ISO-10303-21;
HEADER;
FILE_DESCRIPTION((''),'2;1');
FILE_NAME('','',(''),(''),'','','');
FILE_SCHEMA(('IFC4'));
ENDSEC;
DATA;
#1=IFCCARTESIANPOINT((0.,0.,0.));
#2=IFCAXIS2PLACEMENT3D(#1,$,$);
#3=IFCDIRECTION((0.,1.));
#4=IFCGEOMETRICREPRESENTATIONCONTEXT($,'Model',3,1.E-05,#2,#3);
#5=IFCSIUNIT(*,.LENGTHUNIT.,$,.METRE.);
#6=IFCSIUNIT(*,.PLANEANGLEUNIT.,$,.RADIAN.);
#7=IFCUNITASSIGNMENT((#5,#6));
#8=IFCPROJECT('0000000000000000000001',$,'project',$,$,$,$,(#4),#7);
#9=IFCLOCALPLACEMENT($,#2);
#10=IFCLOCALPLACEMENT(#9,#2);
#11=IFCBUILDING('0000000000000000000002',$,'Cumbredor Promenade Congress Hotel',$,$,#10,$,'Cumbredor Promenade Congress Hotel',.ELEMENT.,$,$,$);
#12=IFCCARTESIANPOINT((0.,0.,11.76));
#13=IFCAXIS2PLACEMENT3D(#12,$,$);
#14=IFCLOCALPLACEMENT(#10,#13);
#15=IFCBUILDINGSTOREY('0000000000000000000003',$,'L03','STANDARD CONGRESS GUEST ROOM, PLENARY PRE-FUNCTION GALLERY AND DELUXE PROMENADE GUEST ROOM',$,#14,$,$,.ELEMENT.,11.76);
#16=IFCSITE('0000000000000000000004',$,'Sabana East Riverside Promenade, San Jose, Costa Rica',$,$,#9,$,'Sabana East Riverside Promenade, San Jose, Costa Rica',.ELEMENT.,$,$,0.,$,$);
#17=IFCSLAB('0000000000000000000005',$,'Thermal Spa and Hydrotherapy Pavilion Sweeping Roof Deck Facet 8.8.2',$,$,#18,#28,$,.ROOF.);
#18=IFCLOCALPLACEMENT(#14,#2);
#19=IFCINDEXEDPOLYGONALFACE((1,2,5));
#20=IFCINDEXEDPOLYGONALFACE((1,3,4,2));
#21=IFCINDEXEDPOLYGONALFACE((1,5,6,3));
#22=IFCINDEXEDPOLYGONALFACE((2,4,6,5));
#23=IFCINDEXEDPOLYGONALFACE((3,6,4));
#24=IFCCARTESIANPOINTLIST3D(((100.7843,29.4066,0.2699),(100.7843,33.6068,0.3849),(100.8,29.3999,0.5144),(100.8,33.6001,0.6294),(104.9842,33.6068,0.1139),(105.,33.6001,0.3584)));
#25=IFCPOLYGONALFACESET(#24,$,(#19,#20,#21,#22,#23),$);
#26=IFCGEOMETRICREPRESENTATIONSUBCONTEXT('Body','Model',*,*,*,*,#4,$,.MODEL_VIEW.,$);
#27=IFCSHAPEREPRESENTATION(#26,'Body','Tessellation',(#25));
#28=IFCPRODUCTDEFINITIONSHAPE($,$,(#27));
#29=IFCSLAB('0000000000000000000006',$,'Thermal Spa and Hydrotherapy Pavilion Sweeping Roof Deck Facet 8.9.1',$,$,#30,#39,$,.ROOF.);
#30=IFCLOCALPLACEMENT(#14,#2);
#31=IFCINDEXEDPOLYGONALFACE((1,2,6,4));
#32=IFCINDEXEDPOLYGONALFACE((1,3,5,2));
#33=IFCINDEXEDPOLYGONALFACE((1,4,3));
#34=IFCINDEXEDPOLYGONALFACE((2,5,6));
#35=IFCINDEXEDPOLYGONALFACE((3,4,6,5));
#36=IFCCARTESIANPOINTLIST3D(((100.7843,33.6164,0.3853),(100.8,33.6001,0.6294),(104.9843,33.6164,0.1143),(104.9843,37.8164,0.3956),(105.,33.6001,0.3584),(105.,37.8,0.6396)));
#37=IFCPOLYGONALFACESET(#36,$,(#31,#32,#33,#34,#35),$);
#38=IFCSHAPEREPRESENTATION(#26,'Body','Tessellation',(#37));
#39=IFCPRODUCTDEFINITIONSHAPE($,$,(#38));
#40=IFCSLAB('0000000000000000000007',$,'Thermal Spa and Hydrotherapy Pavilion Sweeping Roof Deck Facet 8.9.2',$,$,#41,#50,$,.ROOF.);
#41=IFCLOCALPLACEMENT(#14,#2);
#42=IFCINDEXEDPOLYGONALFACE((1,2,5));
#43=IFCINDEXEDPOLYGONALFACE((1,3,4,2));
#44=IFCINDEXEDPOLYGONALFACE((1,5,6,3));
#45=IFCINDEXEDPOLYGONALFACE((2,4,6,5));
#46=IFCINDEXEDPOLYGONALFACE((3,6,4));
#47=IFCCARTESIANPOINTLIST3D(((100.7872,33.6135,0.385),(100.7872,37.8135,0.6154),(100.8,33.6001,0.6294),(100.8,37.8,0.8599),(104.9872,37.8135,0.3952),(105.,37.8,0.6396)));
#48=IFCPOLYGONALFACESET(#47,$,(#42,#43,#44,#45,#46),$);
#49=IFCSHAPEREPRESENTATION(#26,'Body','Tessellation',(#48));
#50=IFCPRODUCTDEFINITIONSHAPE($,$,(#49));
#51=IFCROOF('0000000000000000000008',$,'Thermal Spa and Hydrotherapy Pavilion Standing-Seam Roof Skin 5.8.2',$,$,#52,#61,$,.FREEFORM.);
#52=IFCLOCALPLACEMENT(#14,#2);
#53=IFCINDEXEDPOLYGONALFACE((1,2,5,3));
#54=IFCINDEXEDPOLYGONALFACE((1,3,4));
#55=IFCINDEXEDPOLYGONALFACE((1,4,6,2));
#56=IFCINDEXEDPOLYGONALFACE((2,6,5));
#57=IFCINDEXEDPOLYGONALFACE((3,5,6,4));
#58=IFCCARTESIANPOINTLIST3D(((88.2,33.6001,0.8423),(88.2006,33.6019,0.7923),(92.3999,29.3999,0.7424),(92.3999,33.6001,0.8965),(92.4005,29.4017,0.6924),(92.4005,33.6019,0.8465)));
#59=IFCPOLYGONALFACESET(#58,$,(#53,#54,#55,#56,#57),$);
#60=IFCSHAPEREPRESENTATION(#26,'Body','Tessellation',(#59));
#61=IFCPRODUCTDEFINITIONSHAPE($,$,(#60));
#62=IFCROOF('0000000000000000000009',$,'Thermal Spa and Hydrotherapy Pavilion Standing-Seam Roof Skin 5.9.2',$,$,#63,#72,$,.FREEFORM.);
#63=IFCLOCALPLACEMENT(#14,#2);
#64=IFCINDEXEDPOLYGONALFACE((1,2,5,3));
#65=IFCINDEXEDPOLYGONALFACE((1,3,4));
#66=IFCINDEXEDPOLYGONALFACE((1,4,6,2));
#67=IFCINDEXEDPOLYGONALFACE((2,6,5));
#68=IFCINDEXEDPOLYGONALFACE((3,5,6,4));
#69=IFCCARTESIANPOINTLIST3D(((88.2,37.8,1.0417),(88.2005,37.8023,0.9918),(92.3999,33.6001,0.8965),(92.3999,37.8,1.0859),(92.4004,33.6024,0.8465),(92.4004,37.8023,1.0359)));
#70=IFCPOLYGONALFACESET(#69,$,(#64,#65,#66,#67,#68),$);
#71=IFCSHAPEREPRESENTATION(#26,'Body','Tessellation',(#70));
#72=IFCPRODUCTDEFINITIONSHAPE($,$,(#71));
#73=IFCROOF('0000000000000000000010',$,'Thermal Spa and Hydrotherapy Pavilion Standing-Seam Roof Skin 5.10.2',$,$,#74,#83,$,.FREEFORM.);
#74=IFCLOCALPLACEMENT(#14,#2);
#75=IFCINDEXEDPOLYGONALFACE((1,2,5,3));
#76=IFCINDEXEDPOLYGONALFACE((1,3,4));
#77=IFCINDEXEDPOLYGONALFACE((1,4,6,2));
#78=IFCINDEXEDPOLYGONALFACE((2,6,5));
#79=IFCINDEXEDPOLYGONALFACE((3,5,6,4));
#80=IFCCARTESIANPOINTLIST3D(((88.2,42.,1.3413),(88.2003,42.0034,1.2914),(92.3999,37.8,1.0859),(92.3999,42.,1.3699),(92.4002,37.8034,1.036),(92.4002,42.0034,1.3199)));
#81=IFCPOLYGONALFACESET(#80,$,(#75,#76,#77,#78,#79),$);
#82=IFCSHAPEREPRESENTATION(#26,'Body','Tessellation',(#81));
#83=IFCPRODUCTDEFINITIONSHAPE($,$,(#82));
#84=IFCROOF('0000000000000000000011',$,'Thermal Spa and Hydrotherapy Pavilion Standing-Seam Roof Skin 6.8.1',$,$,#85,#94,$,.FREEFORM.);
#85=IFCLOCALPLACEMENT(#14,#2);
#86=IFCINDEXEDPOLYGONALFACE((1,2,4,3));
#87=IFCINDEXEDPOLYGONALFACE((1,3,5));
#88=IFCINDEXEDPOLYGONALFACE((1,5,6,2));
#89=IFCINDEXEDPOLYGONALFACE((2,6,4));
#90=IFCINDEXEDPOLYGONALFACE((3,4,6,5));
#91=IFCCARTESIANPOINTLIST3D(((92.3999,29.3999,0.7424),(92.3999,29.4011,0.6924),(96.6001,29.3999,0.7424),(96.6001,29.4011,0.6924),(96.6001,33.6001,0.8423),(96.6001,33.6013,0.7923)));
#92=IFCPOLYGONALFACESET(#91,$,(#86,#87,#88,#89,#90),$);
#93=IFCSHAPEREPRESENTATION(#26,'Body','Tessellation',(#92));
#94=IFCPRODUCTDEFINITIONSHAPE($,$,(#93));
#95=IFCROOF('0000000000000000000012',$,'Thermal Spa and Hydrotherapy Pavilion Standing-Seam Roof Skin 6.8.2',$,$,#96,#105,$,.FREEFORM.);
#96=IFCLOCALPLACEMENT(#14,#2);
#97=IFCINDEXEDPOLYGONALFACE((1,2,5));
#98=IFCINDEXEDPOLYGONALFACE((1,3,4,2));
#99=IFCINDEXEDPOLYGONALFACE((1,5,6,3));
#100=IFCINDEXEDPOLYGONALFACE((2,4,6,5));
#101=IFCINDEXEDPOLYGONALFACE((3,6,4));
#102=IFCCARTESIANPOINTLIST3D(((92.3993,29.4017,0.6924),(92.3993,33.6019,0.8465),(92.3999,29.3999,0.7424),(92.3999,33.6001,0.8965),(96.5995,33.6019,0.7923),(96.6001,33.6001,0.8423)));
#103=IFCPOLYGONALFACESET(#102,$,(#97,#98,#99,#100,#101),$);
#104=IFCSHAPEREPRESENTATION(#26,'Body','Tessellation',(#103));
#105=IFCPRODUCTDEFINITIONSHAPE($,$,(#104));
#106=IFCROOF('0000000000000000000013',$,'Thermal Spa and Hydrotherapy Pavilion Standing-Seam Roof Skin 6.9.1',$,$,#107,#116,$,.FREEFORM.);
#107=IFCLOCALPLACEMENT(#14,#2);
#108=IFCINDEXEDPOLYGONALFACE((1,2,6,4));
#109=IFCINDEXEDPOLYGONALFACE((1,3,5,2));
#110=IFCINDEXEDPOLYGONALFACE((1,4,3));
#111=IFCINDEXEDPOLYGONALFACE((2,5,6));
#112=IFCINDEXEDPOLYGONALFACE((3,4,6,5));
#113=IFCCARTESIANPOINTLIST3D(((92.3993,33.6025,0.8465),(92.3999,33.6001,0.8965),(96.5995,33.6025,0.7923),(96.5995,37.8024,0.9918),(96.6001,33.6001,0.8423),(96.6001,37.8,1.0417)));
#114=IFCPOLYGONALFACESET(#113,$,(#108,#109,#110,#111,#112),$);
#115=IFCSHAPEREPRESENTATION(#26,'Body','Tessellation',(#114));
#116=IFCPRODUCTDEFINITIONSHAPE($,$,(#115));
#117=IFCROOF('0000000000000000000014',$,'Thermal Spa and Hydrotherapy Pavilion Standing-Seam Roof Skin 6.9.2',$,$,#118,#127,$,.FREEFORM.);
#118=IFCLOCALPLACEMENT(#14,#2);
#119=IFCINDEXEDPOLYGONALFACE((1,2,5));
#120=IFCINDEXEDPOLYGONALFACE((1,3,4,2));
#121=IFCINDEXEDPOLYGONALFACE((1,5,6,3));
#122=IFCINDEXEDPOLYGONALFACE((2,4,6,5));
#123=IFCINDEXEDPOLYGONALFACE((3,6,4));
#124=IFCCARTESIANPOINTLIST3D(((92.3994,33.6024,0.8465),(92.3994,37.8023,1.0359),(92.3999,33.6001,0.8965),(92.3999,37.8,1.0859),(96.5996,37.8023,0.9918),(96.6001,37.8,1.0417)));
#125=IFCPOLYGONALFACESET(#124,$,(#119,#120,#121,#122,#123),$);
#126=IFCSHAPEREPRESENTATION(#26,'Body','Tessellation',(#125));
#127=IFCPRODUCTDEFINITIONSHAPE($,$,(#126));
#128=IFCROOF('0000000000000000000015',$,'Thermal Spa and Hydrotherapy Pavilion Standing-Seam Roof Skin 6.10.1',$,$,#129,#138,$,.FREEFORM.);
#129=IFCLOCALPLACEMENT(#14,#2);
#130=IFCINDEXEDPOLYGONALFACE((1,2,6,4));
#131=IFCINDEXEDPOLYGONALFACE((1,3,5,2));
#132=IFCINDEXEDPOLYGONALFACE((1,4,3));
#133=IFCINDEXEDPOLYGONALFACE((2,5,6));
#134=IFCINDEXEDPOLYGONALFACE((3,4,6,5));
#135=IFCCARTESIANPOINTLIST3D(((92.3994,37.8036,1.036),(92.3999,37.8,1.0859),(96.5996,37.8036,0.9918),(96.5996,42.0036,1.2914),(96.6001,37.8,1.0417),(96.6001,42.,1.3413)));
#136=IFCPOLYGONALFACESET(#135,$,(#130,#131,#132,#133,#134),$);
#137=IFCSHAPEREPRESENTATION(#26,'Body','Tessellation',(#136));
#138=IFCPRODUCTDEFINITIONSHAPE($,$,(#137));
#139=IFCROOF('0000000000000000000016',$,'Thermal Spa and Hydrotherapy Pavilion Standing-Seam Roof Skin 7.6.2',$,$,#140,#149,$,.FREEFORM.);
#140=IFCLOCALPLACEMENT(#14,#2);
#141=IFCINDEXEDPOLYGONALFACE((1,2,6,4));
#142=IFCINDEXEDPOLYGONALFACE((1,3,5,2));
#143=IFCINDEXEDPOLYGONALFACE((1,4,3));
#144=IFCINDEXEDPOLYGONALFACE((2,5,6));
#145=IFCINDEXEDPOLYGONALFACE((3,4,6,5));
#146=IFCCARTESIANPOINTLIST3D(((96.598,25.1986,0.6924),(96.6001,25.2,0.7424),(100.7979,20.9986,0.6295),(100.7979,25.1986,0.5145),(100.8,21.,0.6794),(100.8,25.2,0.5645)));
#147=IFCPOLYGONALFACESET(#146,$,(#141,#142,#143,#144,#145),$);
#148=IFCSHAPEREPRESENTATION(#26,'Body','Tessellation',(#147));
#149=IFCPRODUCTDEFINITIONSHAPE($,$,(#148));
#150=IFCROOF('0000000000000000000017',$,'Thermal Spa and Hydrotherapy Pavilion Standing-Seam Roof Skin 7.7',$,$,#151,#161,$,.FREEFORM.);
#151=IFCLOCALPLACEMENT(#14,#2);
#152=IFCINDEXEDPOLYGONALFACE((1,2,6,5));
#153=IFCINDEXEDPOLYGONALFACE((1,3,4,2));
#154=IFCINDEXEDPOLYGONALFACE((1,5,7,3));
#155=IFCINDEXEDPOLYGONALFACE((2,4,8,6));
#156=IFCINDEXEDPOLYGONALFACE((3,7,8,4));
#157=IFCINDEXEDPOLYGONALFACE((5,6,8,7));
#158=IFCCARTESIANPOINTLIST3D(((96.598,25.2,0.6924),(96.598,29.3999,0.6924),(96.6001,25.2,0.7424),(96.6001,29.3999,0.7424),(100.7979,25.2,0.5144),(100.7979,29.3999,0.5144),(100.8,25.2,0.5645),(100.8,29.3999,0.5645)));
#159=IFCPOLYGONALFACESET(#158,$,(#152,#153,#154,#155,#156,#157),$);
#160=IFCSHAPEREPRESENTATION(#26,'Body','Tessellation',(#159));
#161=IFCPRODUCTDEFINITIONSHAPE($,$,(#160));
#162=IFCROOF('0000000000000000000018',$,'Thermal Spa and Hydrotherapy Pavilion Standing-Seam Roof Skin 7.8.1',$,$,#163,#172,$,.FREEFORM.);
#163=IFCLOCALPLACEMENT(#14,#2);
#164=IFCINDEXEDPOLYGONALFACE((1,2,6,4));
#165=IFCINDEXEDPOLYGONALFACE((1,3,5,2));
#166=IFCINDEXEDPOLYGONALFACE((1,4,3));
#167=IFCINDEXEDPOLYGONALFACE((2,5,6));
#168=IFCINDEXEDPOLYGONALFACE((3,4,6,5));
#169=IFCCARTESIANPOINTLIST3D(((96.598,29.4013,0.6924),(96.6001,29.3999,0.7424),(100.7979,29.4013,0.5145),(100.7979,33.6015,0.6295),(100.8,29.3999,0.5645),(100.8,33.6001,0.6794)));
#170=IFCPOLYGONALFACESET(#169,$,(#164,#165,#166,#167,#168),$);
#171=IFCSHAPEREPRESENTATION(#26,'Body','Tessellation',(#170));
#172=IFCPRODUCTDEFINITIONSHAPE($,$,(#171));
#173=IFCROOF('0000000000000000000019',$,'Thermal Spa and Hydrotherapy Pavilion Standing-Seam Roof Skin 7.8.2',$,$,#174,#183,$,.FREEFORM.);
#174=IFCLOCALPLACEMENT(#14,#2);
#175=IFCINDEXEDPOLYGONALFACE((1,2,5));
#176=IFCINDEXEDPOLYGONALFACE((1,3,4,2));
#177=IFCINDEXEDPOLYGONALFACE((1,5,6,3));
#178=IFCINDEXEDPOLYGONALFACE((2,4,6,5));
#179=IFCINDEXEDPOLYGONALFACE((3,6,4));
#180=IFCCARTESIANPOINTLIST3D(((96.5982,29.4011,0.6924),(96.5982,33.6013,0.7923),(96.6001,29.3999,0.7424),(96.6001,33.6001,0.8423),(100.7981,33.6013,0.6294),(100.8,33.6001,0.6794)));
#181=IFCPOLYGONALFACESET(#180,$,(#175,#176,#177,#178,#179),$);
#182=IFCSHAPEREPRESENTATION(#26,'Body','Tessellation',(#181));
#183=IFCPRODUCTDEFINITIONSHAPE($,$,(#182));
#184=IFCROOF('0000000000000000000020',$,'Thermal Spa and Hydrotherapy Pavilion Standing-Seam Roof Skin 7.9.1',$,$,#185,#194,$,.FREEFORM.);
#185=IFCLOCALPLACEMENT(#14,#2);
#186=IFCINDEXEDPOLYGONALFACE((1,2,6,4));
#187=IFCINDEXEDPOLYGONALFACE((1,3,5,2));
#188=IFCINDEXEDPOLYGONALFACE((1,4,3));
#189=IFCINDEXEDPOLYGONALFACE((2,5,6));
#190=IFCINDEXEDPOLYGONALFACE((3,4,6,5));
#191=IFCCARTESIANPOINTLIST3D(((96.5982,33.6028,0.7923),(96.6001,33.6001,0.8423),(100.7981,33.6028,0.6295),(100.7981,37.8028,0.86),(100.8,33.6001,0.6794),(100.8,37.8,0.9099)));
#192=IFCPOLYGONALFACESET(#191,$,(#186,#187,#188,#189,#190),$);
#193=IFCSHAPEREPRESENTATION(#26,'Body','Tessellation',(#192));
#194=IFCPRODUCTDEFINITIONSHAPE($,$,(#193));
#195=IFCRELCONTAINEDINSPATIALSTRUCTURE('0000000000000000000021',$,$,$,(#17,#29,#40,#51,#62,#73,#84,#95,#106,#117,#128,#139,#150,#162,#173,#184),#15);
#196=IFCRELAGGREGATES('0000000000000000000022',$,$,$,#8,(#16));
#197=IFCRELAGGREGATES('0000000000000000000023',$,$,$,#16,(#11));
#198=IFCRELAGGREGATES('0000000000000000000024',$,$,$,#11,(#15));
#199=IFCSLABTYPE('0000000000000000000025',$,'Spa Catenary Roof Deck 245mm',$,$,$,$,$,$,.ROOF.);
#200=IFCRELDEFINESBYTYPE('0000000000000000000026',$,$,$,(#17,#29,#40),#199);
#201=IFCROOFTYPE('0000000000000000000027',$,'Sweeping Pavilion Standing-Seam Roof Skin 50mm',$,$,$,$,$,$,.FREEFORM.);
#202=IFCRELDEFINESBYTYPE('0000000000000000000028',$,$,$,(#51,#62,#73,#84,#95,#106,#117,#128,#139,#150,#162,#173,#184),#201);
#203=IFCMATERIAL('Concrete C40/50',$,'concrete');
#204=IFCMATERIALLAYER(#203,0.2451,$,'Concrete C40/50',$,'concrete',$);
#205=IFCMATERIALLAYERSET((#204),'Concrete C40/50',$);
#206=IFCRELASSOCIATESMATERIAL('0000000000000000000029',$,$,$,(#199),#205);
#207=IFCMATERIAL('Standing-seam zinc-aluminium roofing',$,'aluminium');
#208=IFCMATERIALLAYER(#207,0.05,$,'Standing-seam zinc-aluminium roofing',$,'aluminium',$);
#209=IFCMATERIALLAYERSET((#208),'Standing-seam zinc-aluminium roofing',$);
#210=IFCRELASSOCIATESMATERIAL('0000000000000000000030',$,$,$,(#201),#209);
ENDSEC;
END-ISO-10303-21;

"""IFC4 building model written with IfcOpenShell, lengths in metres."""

from ifc_helpers import new_model, si_unit, direction, frame, origin, place, context, subcontext, project, spatial, polyline, outline, extrude, material, layer, layer_set, type_object, element, save


model = new_model("IFC4")

# Units and contexts
model_context = context("Model", 3, precision=1e-05, world=origin(), true_north=direction((0.0, 1.0)))
body_context = subcontext(model_context, "Body", "Model", "MODEL_VIEW")
ifc_project = project(units=[si_unit("LENGTHUNIT", "METRE"), si_unit("PLANEANGLEUNIT", "RADIAN")], contexts=[model_context])

# Site, building, storey
site_placement = place(None, origin())
site = spatial("IfcSite", under=ifc_project, at=site_placement, Name="Sabana East Riverside Promenade, San Jose, Costa Rica", LongName="Sabana East Riverside Promenade, San Jose, Costa Rica", CompositionType="ELEMENT", RefElevation=0.0)
building_placement = place(site_placement, origin())
building = spatial("IfcBuilding", under=site, at=building_placement, Name="Cumbredor Promenade Congress Hotel", LongName="Cumbredor Promenade Congress Hotel", CompositionType="ELEMENT")
storey_placement = place(building_placement, frame((0.0, 0.0, 11.76)))
storey = spatial("IfcBuildingStorey", under=building, at=storey_placement, Name="L03", Description="STANDARD CONGRESS GUEST ROOM, PLENARY PRE-FUNCTION GALLERY AND DELUXE PROMENADE GUEST ROOM", CompositionType="ELEMENT", Elevation=11.76)

# Slabs
ifc_material_1 = material(Name="Concrete C40/50", Category="concrete")
ifc_layer_1 = layer(ifc_material_1, 0.2451, Name="Concrete C40/50", Category="concrete")
ifc_layer_set_1 = layer_set([ifc_layer_1], Name="Concrete C40/50")
slab_type = type_object("IfcSlabType", Name="Spa Catenary Roof Deck 245mm", PredefinedType="ROOF", material=ifc_layer_set_1)
slab_1_placement = place(storey_placement, frame((100.8, 29.3999, 0.5144), z_axis=(0.064366, -0.02731, 0.997553), x_axis=(0.706842, 0.706884, -0.026255)))
element("IfcSlab", 1, at=slab_1_placement, inside=storey, type_object=slab_type, Name="Thermal Spa and Hydrotherapy Pavilion Sweeping Roof Deck Facet 8.8.2", PredefinedType="ROOF", context=body_context, shape_type="SweptSolid", body=[
    extrude(outline(polyline([(0.0, 0.0), (5.9418, 0.0), (2.966, 2.9762), (0.0, 0.0)])), origin(), (0.0, 0.0, -1.0), 0.2451),
])
slab_2_placement = place(storey_placement, frame((100.8, 33.6001, 0.6294), z_axis=(0.064246, -0.066677, 0.995704), x_axis=(0.997925, 0.0, -0.06439)))
element("IfcSlab", 2, at=slab_2_placement, inside=storey, type_object=slab_type, Name="Thermal Spa and Hydrotherapy Pavilion Sweeping Roof Deck Facet 8.9.1", PredefinedType="ROOF", context=body_context, shape_type="SweptSolid", body=[
    extrude(outline(polyline([(0.0, 0.0), (4.2087, 0.0), (4.1906, 4.2093), (0.0, 0.0)])), origin(), (0.0, 0.0, -1.0), 0.2451),
])
slab_3_placement = place(storey_placement, frame((100.8, 33.6001, 0.6294), z_axis=(0.052282, -0.054717, 0.997132), x_axis=(0.707106, 0.707106, 0.001726)))
element("IfcSlab", 3, at=slab_3_placement, inside=storey, type_object=slab_type, Name="Thermal Spa and Hydrotherapy Pavilion Sweeping Roof Deck Facet 8.9.2", PredefinedType="ROOF", context=body_context, shape_type="SweptSolid", body=[
    extrude(outline(polyline([(0.0, 0.0), (5.9396, 0.0), (2.9702, 2.9784), (0.0, 0.0)])), origin(), (0.0, 0.0, -1.0), 0.2451),
])

# Roofs
ifc_material_2 = material(Name="Standing-seam zinc-aluminium roofing", Category="aluminium")
ifc_layer_2 = layer(ifc_material_2, 0.05, Name="Standing-seam zinc-aluminium roofing", Category="aluminium")
ifc_layer_set_2 = layer_set([ifc_layer_2], Name="Standing-seam zinc-aluminium roofing")
roof_type = type_object("IfcRoofType", Name="Sweeping Pavilion Standing-Seam Roof Skin 50mm", PredefinedType="FREEFORM", material=ifc_layer_set_2)
roof_1_placement = place(storey_placement, frame((92.3999, 29.3999, 0.7424), z_axis=(-0.012895, -0.03665, 0.999245), x_axis=(0.0, 0.999328, 0.036653)))
element("IfcRoof", 4, at=roof_1_placement, inside=storey, type_object=roof_type, Name="Thermal Spa and Hydrotherapy Pavilion Standing-Seam Roof Skin 5.8.2", PredefinedType="FREEFORM", context=body_context, shape_type="SweptSolid", body=[
    extrude(outline(polyline([(0.0, 0.0), (4.203, 0.0), (4.201, 4.2003), (0.0, 0.0)])), origin(), (0.0, 0.0, -1.0), 0.05),
])
roof_2_placement = place(storey_placement, frame((92.3999, 33.6001, 0.8965), z_axis=(-0.01051, -0.04506, 0.998929), x_axis=(0.0, 0.998984, 0.045063)))
element("IfcRoof", 5, at=roof_2_placement, inside=storey, type_object=roof_type, Name="Thermal Spa and Hydrotherapy Pavilion Standing-Seam Roof Skin 5.9.2", PredefinedType="FREEFORM", context=body_context, shape_type="SweptSolid", body=[
    extrude(outline(polyline([(0.0, 0.0), (4.2042, 0.0), (4.2022, 4.2002), (0.0, 0.0)])), origin(), (0.0, 0.0, -1.0), 0.05),
])
roof_3_placement = place(storey_placement, frame((92.3999, 37.8, 1.0859), z_axis=(-0.006785, -0.067449, 0.9977), x_axis=(0.0, 0.997723, 0.067451)))
element("IfcRoof", 6, at=roof_3_placement, inside=storey, type_object=roof_type, Name="Thermal Spa and Hydrotherapy Pavilion Standing-Seam Roof Skin 5.10.2", PredefinedType="FREEFORM", context=body_context, shape_type="SweptSolid", body=[
    extrude(outline(polyline([(0.0, 0.0), (4.2095, 0.0), (4.2076, 4.2), (0.0, 0.0)])), origin(), (0.0, 0.0, -1.0), 0.05),
])
roof_4_placement = place(storey_placement, frame((92.3999, 29.3999, 0.7424), z_axis=(0.0, -0.023767, 0.999718), x_axis=(1.0, 0.0, 0.0)))
element("IfcRoof", 7, at=roof_4_placement, inside=storey, type_object=roof_type, Name="Thermal Spa and Hydrotherapy Pavilion Standing-Seam Roof Skin 6.8.1", PredefinedType="FREEFORM", context=body_context, shape_type="SweptSolid", body=[
    extrude(outline(polyline([(0.0, 0.0), (4.2002, 0.0), (4.2002, 4.2014), (0.0, 0.0)])), origin(), (0.0, 0.0, -1.0), 0.05),
])
roof_5_placement = place(storey_placement, frame((92.3999, 29.3999, 0.7424), z_axis=(0.012894, -0.03665, 0.999245), x_axis=(0.707007, 0.707007, 0.016808)))
element("IfcRoof", 8, at=roof_5_placement, inside=storey, type_object=roof_type, Name="Thermal Spa and Hydrotherapy Pavilion Standing-Seam Roof Skin 6.8.2", PredefinedType="FREEFORM", context=body_context, shape_type="SweptSolid", body=[
    extrude(outline(polyline([(0.0, 0.0), (5.9408, 0.0), (2.9722, 2.9718), (0.0, 0.0)])), origin(), (0.0, 0.0, -1.0), 0.05),
])
roof_6_placement = place(storey_placement, frame((92.3999, 33.6001, 0.8965), z_axis=(0.012888, -0.047434, 0.998791), x_axis=(0.999917, 0.0, -0.012903)))
element("IfcRoof", 9, at=roof_6_placement, inside=storey, type_object=roof_type, Name="Thermal Spa and Hydrotherapy Pavilion Standing-Seam Roof Skin 6.9.1", PredefinedType="FREEFORM", context=body_context, shape_type="SweptSolid", body=[
    extrude(outline(polyline([(0.0, 0.0), (4.2005, 0.0), (4.198, 4.2047), (0.0, 0.0)])), origin(), (0.0, 0.0, -1.0), 0.05),
])
roof_7_placement = place(storey_placement, frame((92.3999, 33.6001, 0.8965), z_axis=(0.01051, -0.04506, 0.998929), x_axis=(0.706916, 0.706875, 0.024449)))
element("IfcRoof", 10, at=roof_7_placement, inside=storey, type_object=roof_type, Name="Thermal Spa and Hydrotherapy Pavilion Standing-Seam Roof Skin 6.9.2", PredefinedType="FREEFORM", context=body_context, shape_type="SweptSolid", body=[
    extrude(outline(polyline([(0.0, 0.0), (5.9416, 0.0), (2.9735, 2.9722), (0.0, 0.0)])), origin(), (0.0, 0.0, -1.0), 0.05),
])
roof_8_placement = place(storey_placement, frame((92.3999, 37.8, 1.0859), z_axis=(0.010494, -0.07114, 0.997411), x_axis=(0.999945, 0.0, -0.01052)))
element("IfcRoof", 11, at=roof_8_placement, inside=storey, type_object=roof_type, Name="Thermal Spa and Hydrotherapy Pavilion Standing-Seam Roof Skin 6.10.1", PredefinedType="FREEFORM", context=body_context, shape_type="SweptSolid", body=[
    extrude(outline(polyline([(0.0, 0.0), (4.2004, 0.0), (4.1973, 4.2106), (0.0, 0.0)])), origin(), (0.0, 0.0, -1.0), 0.05),
])
roof_9_placement = place(storey_placement, frame((100.8, 21.0, 0.6794), z_axis=(0.042323, 0.027344, 0.99873), x_axis=(0.0, 0.999625, -0.027369)))
element("IfcRoof", 12, at=roof_9_placement, inside=storey, type_object=roof_type, Name="Thermal Spa and Hydrotherapy Pavilion Standing-Seam Roof Skin 7.6.2", PredefinedType="FREEFORM", context=body_context, shape_type="SweptSolid", body=[
    extrude(outline(polyline([(0.0, 0.0), (4.2015, 0.0), (4.1967, 4.2037), (0.0, 0.0)])), origin(), (0.0, 0.0, -1.0), 0.05),
])
roof_10_placement = place(storey_placement, frame((96.6001, 25.2, 0.7424), z_axis=(0.042338, 0.0, 0.999103), x_axis=(0.999103, 0.0, -0.042338)))
element("IfcRoof", 13, at=roof_10_placement, inside=storey, type_object=roof_type, Name="Thermal Spa and Hydrotherapy Pavilion Standing-Seam Roof Skin 7.7", PredefinedType="FREEFORM", context=body_context, shape_type="SweptSolid", body=[
    extrude(outline(polyline([(0.0, 0.0), (4.2037, 0.0), (4.2037, 4.2), (0.0, 4.2), (0.0, 0.0)])), origin(), (0.0, 0.0, -1.0), 0.05),
])
roof_11_placement = place(storey_placement, frame((96.6001, 29.3999, 0.7424), z_axis=(0.042323, -0.027343, 0.99873), x_axis=(0.999103, 0.0, -0.042338)))
element("IfcRoof", 14, at=roof_11_placement, inside=storey, type_object=roof_type, Name="Thermal Spa and Hydrotherapy Pavilion Standing-Seam Roof Skin 7.8.1", PredefinedType="FREEFORM", context=body_context, shape_type="SweptSolid", body=[
    extrude(outline(polyline([(0.0, 0.0), (4.2037, 0.0), (4.1989, 4.2018), (0.0, 0.0)])), origin(), (0.0, 0.0, -1.0), 0.05),
])
roof_12_placement = place(storey_placement, frame((96.6001, 29.3999, 0.7424), z_axis=(0.038732, -0.023749, 0.998967), x_axis=(0.707046, 0.707088, -0.010604)))
element("IfcRoof", 15, at=roof_12_placement, inside=storey, type_object=roof_type, Name="Thermal Spa and Hydrotherapy Pavilion Standing-Seam Roof Skin 7.8.2", PredefinedType="FREEFORM", context=body_context, shape_type="SweptSolid", body=[
    extrude(outline(polyline([(0.0, 0.0), (5.9401, 0.0), (2.9688, 2.9728), (0.0, 0.0)])), origin(), (0.0, 0.0, -1.0), 0.05),
])
roof_13_placement = place(storey_placement, frame((96.6001, 33.6001, 0.8423), z_axis=(0.038685, -0.054751, 0.99775), x_axis=(0.999249, 0.0, -0.038743)))
element("IfcRoof", 16, at=roof_13_placement, inside=storey, type_object=roof_type, Name="Thermal Spa and Hydrotherapy Pavilion Standing-Seam Roof Skin 7.9.1", PredefinedType="FREEFORM", context=body_context, shape_type="SweptSolid", body=[
    extrude(outline(polyline([(0.0, 0.0), (4.2031, 0.0), (4.1942, 4.2063), (0.0, 0.0)])), origin(), (0.0, 0.0, -1.0), 0.05),
])

save(model, "model.ifc")
